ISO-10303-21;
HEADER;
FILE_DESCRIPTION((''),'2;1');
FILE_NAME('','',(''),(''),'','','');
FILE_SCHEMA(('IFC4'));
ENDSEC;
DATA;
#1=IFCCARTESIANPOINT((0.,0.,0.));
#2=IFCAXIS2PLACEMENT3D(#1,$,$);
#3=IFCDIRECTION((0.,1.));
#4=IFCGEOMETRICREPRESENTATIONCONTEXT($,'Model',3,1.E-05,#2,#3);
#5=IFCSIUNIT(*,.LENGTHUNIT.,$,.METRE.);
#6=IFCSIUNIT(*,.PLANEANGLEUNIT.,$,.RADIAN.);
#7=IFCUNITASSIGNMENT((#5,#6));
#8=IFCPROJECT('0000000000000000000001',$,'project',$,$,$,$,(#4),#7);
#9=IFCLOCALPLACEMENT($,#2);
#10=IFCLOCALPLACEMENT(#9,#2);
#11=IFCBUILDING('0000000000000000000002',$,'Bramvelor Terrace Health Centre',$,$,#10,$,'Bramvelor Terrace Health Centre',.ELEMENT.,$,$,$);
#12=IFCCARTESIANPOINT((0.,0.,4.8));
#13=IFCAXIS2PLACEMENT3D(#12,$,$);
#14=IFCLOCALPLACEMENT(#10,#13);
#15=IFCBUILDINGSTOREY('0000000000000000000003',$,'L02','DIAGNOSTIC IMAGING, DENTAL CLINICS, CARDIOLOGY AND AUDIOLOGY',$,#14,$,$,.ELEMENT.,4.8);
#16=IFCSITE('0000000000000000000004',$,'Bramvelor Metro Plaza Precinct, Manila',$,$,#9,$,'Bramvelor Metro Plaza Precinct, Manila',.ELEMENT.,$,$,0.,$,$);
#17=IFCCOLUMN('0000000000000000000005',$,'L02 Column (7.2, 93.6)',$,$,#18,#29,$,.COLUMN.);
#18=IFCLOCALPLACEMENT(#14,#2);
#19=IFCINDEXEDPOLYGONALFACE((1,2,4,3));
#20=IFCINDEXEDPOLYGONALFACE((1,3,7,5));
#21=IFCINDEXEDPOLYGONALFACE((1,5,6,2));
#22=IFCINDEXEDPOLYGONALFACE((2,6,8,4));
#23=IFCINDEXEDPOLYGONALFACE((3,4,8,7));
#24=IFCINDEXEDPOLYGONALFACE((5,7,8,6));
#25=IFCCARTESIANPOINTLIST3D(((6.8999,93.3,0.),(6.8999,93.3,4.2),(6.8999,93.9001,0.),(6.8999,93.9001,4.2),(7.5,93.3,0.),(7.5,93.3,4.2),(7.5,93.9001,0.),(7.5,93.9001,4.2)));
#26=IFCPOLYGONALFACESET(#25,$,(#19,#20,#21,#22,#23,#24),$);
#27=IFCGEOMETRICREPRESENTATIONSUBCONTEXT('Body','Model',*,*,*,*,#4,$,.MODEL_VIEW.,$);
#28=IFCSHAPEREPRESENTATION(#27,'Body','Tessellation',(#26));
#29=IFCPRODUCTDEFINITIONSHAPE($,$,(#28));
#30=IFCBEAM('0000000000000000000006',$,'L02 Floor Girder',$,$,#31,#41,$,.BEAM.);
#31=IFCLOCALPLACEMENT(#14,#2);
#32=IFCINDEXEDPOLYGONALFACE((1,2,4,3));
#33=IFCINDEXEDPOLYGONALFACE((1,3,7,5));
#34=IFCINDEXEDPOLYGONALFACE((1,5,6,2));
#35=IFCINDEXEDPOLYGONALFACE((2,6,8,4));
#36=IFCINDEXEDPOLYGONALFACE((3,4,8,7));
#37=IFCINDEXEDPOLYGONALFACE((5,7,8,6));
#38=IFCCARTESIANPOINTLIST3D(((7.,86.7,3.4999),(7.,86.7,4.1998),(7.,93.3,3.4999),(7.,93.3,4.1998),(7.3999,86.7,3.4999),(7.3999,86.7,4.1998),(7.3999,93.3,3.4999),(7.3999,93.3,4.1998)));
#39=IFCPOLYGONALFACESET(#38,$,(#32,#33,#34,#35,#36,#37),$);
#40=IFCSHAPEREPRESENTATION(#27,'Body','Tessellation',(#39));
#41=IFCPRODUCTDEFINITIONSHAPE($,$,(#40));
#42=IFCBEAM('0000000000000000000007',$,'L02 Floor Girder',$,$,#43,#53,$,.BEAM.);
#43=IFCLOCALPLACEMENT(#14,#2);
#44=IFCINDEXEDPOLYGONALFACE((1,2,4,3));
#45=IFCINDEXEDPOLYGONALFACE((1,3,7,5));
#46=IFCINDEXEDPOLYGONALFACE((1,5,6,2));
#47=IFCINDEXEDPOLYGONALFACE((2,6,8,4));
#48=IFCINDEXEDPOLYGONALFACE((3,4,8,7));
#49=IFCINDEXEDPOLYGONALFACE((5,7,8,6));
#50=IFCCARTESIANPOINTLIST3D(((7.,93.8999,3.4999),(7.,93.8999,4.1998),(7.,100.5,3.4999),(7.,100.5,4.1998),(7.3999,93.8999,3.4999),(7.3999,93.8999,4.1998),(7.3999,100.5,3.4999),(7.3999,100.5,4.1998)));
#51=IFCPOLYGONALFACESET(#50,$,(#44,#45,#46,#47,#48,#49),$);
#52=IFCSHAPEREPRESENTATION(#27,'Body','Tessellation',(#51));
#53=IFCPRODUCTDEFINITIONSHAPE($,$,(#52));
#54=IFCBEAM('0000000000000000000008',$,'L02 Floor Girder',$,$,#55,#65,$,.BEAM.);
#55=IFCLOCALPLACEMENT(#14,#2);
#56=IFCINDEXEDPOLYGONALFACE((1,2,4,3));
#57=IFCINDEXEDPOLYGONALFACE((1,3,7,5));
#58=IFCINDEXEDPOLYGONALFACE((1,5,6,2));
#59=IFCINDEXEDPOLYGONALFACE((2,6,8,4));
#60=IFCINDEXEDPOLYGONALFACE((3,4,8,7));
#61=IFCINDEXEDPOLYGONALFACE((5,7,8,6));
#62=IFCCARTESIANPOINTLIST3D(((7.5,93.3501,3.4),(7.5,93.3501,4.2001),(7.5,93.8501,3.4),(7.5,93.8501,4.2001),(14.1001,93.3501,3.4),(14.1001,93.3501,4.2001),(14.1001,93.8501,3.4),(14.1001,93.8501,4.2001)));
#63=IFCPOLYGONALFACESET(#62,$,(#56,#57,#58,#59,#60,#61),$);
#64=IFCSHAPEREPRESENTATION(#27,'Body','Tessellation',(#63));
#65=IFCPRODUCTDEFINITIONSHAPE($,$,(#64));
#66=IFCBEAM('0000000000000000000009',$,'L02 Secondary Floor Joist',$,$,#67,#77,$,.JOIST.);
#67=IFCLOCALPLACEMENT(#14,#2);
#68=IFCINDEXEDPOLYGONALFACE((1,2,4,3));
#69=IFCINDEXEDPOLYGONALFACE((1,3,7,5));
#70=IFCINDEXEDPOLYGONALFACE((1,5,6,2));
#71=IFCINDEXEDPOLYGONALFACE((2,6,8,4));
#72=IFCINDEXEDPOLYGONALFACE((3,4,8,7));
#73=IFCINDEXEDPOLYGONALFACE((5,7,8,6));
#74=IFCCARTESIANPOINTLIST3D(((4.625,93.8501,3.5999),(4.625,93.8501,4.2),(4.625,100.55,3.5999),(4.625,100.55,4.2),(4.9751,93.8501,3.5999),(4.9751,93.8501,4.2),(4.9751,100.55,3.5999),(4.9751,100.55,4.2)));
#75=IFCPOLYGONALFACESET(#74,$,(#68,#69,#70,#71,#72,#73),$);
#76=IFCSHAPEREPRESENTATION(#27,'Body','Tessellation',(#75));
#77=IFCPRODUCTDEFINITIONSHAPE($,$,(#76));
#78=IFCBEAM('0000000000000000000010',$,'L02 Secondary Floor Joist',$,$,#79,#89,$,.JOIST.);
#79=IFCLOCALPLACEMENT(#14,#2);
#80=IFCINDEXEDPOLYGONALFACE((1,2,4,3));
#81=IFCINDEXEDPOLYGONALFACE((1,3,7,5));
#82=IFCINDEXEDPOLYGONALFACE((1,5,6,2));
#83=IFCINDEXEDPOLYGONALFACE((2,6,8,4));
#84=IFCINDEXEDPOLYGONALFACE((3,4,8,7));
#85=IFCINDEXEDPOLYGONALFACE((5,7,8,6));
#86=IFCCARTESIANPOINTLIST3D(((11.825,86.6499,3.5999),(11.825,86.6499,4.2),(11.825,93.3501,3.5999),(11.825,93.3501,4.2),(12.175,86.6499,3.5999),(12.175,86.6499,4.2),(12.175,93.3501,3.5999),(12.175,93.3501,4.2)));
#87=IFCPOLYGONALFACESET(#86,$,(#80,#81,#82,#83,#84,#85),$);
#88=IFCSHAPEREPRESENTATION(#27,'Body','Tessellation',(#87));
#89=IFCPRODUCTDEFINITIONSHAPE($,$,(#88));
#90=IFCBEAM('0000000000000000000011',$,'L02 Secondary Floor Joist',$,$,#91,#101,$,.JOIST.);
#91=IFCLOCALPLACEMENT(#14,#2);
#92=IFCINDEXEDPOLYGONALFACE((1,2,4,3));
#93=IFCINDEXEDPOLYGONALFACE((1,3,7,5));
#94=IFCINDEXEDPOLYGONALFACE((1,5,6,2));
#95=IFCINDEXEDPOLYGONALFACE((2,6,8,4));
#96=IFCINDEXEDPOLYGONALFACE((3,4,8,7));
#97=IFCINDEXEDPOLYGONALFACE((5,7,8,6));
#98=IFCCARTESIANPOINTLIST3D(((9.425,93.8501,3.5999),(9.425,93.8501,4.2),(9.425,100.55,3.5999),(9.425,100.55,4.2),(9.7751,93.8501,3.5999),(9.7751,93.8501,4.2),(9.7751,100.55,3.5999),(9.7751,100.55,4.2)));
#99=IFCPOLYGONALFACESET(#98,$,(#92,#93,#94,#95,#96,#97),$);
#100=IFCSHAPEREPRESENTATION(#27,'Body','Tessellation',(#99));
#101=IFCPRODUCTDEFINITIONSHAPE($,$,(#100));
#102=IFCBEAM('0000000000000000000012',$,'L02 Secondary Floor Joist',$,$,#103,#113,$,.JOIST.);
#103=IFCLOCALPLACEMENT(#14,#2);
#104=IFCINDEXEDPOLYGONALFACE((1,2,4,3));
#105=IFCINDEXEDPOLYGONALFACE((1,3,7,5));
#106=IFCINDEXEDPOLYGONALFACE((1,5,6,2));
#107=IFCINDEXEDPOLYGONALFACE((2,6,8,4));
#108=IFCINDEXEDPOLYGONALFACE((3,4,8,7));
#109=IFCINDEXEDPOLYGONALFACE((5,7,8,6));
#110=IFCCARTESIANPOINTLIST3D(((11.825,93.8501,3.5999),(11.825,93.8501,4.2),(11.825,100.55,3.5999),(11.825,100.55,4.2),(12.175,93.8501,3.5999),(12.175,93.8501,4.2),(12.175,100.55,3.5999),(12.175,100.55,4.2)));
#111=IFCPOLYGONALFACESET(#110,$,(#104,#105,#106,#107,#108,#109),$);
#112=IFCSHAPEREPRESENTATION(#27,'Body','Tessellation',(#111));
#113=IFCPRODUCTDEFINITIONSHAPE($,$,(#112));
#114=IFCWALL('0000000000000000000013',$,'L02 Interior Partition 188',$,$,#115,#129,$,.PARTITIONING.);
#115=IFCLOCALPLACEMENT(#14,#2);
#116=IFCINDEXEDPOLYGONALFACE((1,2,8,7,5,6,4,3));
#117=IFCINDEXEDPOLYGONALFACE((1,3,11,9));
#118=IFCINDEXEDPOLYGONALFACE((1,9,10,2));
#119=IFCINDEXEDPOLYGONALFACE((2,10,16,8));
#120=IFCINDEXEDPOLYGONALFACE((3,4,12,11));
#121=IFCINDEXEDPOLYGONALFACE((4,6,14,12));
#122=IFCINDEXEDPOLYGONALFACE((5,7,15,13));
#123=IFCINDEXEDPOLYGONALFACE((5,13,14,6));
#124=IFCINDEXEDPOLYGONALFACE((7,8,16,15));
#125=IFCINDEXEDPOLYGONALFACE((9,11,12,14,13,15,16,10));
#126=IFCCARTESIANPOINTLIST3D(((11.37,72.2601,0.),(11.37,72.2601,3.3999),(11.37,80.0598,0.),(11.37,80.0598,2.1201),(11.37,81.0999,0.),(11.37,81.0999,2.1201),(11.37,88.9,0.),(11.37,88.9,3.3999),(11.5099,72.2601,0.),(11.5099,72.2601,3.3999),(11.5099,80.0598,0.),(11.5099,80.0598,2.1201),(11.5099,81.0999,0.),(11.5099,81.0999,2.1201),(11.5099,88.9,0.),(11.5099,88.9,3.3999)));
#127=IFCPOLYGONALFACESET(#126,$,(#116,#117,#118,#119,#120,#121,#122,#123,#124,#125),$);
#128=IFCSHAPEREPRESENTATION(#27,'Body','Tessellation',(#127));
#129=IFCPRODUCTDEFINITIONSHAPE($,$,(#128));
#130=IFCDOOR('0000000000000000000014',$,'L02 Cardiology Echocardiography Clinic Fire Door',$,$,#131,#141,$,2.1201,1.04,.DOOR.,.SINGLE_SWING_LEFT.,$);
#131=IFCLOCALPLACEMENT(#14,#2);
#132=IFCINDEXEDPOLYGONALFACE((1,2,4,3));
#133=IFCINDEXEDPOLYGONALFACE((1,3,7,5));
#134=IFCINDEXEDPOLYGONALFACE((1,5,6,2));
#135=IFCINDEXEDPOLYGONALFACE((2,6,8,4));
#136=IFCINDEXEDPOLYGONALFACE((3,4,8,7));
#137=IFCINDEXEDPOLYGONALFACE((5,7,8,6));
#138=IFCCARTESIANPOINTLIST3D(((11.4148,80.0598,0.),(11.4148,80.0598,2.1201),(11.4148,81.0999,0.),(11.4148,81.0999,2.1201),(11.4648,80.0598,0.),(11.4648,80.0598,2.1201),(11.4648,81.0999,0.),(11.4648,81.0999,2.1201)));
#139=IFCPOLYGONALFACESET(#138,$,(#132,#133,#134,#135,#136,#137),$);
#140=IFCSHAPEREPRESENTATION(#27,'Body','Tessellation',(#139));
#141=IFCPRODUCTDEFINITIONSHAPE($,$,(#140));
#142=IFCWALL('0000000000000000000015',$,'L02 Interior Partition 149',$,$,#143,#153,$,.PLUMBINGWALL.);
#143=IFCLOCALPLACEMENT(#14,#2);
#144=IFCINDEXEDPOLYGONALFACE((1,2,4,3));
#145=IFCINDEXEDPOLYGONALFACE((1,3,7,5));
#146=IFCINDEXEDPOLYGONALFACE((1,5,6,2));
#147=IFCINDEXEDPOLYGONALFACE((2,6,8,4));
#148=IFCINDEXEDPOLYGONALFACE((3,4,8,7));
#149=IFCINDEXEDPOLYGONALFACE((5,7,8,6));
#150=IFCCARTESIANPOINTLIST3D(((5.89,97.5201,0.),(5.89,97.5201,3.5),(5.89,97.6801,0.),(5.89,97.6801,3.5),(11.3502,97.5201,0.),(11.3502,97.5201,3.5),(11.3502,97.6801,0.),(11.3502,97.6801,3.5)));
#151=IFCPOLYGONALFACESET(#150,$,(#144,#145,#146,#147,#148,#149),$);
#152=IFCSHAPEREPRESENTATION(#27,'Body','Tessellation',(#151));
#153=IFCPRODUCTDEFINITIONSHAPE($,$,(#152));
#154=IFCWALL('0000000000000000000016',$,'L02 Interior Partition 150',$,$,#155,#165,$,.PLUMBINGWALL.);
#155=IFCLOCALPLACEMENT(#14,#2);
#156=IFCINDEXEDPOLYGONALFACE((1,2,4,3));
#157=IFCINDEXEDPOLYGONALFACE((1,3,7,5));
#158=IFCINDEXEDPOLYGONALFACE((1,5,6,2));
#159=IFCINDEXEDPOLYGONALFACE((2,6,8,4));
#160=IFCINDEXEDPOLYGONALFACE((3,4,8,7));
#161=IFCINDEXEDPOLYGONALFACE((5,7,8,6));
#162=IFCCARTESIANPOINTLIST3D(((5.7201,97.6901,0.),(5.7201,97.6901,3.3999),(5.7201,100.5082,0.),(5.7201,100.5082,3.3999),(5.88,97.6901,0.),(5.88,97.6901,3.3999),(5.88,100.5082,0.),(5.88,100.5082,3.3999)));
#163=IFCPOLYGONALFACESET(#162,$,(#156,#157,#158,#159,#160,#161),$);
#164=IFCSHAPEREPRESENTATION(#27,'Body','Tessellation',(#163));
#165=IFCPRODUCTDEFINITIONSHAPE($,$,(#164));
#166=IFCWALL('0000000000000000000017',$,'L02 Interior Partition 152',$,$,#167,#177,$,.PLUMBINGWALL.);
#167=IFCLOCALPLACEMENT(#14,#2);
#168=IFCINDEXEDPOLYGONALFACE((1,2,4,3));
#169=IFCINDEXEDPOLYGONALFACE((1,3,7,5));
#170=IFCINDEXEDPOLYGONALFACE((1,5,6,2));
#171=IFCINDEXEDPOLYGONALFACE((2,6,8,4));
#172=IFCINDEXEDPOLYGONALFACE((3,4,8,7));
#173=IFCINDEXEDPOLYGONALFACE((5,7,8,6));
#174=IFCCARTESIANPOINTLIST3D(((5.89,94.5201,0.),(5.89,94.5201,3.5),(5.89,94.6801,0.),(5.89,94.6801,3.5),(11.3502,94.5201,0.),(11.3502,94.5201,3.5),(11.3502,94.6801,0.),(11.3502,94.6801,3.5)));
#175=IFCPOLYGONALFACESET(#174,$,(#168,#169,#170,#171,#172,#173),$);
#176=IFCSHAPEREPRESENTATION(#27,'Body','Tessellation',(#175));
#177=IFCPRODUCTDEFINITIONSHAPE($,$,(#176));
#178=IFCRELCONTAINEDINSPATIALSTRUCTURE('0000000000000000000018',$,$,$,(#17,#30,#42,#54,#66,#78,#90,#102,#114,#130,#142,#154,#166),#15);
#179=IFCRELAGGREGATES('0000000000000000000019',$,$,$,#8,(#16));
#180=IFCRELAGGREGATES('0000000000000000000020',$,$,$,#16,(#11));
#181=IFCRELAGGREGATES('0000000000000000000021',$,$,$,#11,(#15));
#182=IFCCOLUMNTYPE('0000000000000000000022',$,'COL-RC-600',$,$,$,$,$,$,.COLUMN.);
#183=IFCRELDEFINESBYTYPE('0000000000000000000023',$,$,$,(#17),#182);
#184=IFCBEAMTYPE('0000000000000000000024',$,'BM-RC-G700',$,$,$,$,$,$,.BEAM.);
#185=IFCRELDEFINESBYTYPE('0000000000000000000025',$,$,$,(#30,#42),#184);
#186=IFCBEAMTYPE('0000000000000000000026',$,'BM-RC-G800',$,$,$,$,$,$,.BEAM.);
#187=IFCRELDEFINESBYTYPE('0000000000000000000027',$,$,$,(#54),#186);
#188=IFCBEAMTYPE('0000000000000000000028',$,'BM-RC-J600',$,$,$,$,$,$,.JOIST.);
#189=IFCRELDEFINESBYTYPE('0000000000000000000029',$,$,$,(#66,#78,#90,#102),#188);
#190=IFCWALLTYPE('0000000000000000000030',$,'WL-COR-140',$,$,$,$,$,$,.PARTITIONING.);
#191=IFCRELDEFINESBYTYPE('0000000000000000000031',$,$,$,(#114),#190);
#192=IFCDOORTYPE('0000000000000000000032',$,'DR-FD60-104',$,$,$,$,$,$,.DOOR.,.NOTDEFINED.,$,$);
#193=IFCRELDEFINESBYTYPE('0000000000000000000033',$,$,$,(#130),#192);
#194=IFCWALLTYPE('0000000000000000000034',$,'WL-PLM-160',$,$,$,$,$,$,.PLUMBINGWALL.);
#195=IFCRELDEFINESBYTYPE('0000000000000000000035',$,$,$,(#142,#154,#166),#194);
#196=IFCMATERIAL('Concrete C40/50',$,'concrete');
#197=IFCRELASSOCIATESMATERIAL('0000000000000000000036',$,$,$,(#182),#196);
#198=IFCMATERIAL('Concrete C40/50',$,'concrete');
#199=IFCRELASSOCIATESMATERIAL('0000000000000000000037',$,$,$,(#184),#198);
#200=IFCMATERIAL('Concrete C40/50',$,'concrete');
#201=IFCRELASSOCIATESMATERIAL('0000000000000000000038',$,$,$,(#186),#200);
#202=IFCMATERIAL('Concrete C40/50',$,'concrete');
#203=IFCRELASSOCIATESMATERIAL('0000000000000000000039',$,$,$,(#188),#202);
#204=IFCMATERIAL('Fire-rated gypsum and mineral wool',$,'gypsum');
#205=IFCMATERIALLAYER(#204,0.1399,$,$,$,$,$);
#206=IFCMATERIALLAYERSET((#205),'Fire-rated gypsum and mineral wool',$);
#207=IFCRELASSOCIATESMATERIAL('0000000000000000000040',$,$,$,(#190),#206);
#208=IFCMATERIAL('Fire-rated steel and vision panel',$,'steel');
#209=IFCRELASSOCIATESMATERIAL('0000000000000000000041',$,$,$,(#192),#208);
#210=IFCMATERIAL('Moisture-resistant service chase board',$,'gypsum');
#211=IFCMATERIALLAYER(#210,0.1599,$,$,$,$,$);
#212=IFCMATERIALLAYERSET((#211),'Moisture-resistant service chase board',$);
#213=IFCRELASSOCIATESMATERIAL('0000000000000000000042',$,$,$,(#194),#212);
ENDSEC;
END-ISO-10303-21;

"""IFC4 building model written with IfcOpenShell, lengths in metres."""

from ifc_helpers import new_model, si_unit, direction, frame, frame_2d, origin, origin_2d, place, context, subcontext, project, spatial, rectangle, extrude, material, layer, layer_set, material_profile, profile_set, type_object, element, fill, save


model = new_model("IFC4")

# Units and contexts
model_context = context("Model", 3, precision=1e-05, world=origin(), true_north=direction((0.0, 1.0)))
body_context = subcontext(model_context, "Body", "Model", "MODEL_VIEW")
ifc_project = project(units=[si_unit("LENGTHUNIT", "METRE"), si_unit("PLANEANGLEUNIT", "RADIAN")], contexts=[model_context])

# Site, building, storey
site_placement = place(None, origin())
site = spatial("IfcSite", under=ifc_project, at=site_placement, Name="Bramvelor Metro Plaza Precinct, Manila", LongName="Bramvelor Metro Plaza Precinct, Manila", CompositionType="ELEMENT", RefElevation=0.0)
building_placement = place(site_placement, origin())
building = spatial("IfcBuilding", under=site, at=building_placement, Name="Bramvelor Terrace Health Centre", LongName="Bramvelor Terrace Health Centre", CompositionType="ELEMENT")
storey_placement = place(building_placement, frame((0.0, 0.0, 4.8)))
storey = spatial("IfcBuildingStorey", under=building, at=storey_placement, Name="L02", Description="DIAGNOSTIC IMAGING, DENTAL CLINICS, CARDIOLOGY AND AUDIOLOGY", CompositionType="ELEMENT", Elevation=4.8)

# Column
ifc_material_1 = material(Name="Concrete C40/50", Category="concrete")
ifc_material_profile_1 = material_profile(ifc_material_1, rectangle(XDim=0.6001, YDim=0.6001, at=origin_2d()), Name="RC 600x600")
ifc_profile_set_1 = profile_set([ifc_material_profile_1], Name="Concrete C40/50")
column_type = type_object("IfcColumnType", Name="COL-RC-600", PredefinedType="COLUMN", material=ifc_profile_set_1)
column_placement = place(storey_placement, frame((7.2, 93.6001, 0.0), z_axis=(0.0, 0.0, 1.0), x_axis=(1.0, 0.0, 0.0)))
element("IfcColumn", 1, at=column_placement, inside=storey, type_object=column_type, Name="L02 Column (7.2, 93.6)", PredefinedType="COLUMN", context=body_context, shape_type="SweptSolid", body=[
    extrude(rectangle(XDim=0.6001, YDim=0.6001, at=origin_2d()), origin(), (0.0, 0.0, 1.0), 4.2),
])

# Beams
ifc_material_2 = material(Name="Concrete C40/50", Category="concrete")
ifc_material_profile_2 = material_profile(ifc_material_2, rectangle(XDim=0.3999, YDim=0.7, at=origin_2d()), Name="RC 400x700")
ifc_profile_set_2 = profile_set([ifc_material_profile_2], Name="Concrete C40/50")
beam_type_1 = type_object("IfcBeamType", Name="BM-RC-G700", PredefinedType="BEAM", material=ifc_profile_set_2)
for number, where, z_axis, x_axis, name in (
    (2, (7.2, 86.7, 3.8499), (0.0, 1.0, 0.0), (-1.0, 0.0, 0.0), "L02 Floor Girder"),
    (3, (7.2, 93.8999, 3.8499), (0.0, 1.0, 0.0), (-1.0, 0.0, 0.0), "L02 Floor Girder"),
):
    element("IfcBeam", number, at=place(storey_placement, frame(where, z_axis=z_axis, x_axis=x_axis)), inside=storey, type_object=beam_type_1, Name=name, PredefinedType="BEAM", context=body_context, shape_type="SweptSolid", body=[
        extrude(rectangle(XDim=0.3999, YDim=0.7, at=origin_2d()), origin(), (0.0, 0.0, 1.0), 6.6001),
    ])
ifc_material_3 = material(Name="Concrete C40/50", Category="concrete")
ifc_material_profile_3 = material_profile(ifc_material_3, rectangle(XDim=0.5, YDim=0.8, at=origin_2d()), Name="RC 500x800")
ifc_profile_set_3 = profile_set([ifc_material_profile_3], Name="Concrete C40/50")
beam_type_2 = type_object("IfcBeamType", Name="BM-RC-G800", PredefinedType="BEAM", material=ifc_profile_set_3)
beam_1_placement = place(storey_placement, frame((7.5, 93.6001, 3.8), z_axis=(1.0, 0.0, 0.0), x_axis=(0.0, 1.0, 0.0)))
element("IfcBeam", 4, at=beam_1_placement, inside=storey, type_object=beam_type_2, Name="L02 Floor Girder", PredefinedType="BEAM", context=body_context, shape_type="SweptSolid", body=[
    extrude(rectangle(XDim=0.5, YDim=0.8, at=origin_2d()), origin(), (0.0, 0.0, 1.0), 6.6001),
])
ifc_material_4 = material(Name="Concrete C40/50", Category="concrete")
ifc_material_profile_4 = material_profile(ifc_material_4, rectangle(XDim=0.3501, YDim=0.6001, at=origin_2d()), Name="RC 350x600")
ifc_profile_set_4 = profile_set([ifc_material_profile_4], Name="Concrete C40/50")
beam_type_3 = type_object("IfcBeamType", Name="BM-RC-J600", PredefinedType="JOIST", material=ifc_profile_set_4)
beam_2_placement = place(storey_placement, frame((4.8, 93.8501, 3.8999), z_axis=(0.0, 1.0, 0.0), x_axis=(-1.0, 0.0, 0.0)))
element("IfcBeam", 5, at=beam_2_placement, inside=storey, type_object=beam_type_3, Name="L02 Secondary Floor Joist", PredefinedType="JOIST", context=body_context, shape_type="SweptSolid", body=[
    extrude(rectangle(XDim=0.3501, YDim=0.6001, at=origin_2d()), origin(), (0.0, 0.0, 1.0), 6.7),
])
beam_3_placement = place(storey_placement, frame((12.0, 86.6499, 3.8999), z_axis=(0.0, 1.0, 0.0), x_axis=(-1.0, 0.0, 0.0)))
element("IfcBeam", 6, at=beam_3_placement, inside=storey, type_object=beam_type_3, Name="L02 Secondary Floor Joist", PredefinedType="JOIST", context=body_context, shape_type="SweptSolid", body=[
    extrude(rectangle(XDim=0.3501, YDim=0.6001, at=origin_2d()), origin(), (0.0, 0.0, 1.0), 6.7002),
])
for number, where, z_axis, x_axis, name in (
    (7, (9.6001, 93.8501, 3.8999), (0.0, 1.0, 0.0), (-1.0, 0.0, 0.0), "L02 Secondary Floor Joist"),
    (8, (12.0, 93.8501, 3.8999), (0.0, 1.0, 0.0), (-1.0, 0.0, 0.0), "L02 Secondary Floor Joist"),
):
    element("IfcBeam", number, at=place(storey_placement, frame(where, z_axis=z_axis, x_axis=x_axis)), inside=storey, type_object=beam_type_3, Name=name, PredefinedType="JOIST", context=body_context, shape_type="SweptSolid", body=[
        extrude(rectangle(XDim=0.3501, YDim=0.6001, at=origin_2d()), origin(), (0.0, 0.0, 1.0), 6.7),
    ])

# Wall, opening, door
ifc_material_5 = material(Name="Fire-rated gypsum and mineral wool", Category="gypsum")
ifc_layer_1 = layer(ifc_material_5, 0.1399)
ifc_layer_set_1 = layer_set([ifc_layer_1], Name="Fire-rated gypsum and mineral wool")
wall_type_1 = type_object("IfcWallType", Name="WL-COR-140", PredefinedType="PARTITIONING", material=ifc_layer_set_1)
wall_1_placement = place(storey_placement, frame((11.4399, 88.8999, 0.0), z_axis=(0.0, 0.0, 1.0), x_axis=(0.0, -1.0, 0.0)))
wall_1 = element("IfcWall", 9, at=wall_1_placement, inside=storey, type_object=wall_type_1, Name="L02 Interior Partition 188", PredefinedType="PARTITIONING", context=body_context, shape_type="SweptSolid", body=[
    extrude(rectangle(XDim=16.6399, YDim=0.1399, at=frame_2d((8.3198, 0.0))), origin(), (0.0, 0.0, 1.0), 3.3999),
])
opening_1_placement = place(wall_1_placement, frame((7.8, 0.0, 0.0)))
opening_1 = element("IfcOpeningElement", 10, at=opening_1_placement, cuts=wall_1, PredefinedType="OPENING", context=body_context, shape_type="SweptSolid", body=[
    extrude(rectangle(XDim=1.04, YDim=2.1201, at=frame_2d((0.52, 1.0601))), frame((0.0, 0.0798, 0.0), z_axis=(0.0, -1.0, 0.0), x_axis=(1.0, 0.0, 0.0)), (0.0, 0.0, 1.0), 0.1599),
])
ifc_material_6 = material(Name="Fire-rated steel and vision panel", Category="steel")
door_type_1 = type_object("IfcDoorType", Name="DR-FD60-104", OperationType="NOTDEFINED", PredefinedType="DOOR", material=ifc_material_6)
door_1_placement = place(opening_1_placement, origin())
door_1 = element("IfcDoor", 11, at=door_1_placement, inside=storey, type_object=door_type_1, Name="L02 Cardiology Echocardiography Clinic Fire Door", OperationType="SINGLE_SWING_LEFT", OverallHeight=2.1201, OverallWidth=1.04, PredefinedType="DOOR", context=body_context, shape_type="SweptSolid", body=[
    extrude(rectangle(XDim=1.04, YDim=2.1201, at=frame_2d((0.52, 1.0601))), frame((0.0, 0.0249, 0.0), z_axis=(0.0, -1.0, 0.0), x_axis=(1.0, 0.0, 0.0)), (0.0, 0.0, 1.0), 0.05),
])
fill(opening_1, door_1)

# Walls
ifc_material_7 = material(Name="Moisture-resistant service chase board", Category="gypsum")
ifc_layer_2 = layer(ifc_material_7, 0.1599)
ifc_layer_set_2 = layer_set([ifc_layer_2], Name="Moisture-resistant service chase board")
wall_type_2 = type_object("IfcWallType", Name="WL-PLM-160", PredefinedType="PLUMBINGWALL", material=ifc_layer_set_2)
wall_2_placement = place(storey_placement, frame((11.3501, 97.6001, 0.0), z_axis=(0.0, 0.0, 1.0), x_axis=(-1.0, 0.0, 0.0)))
element("IfcWall", 12, at=wall_2_placement, inside=storey, type_object=wall_type_2, Name="L02 Interior Partition 149", PredefinedType="PLUMBINGWALL", context=body_context, shape_type="SweptSolid", body=[
    extrude(rectangle(XDim=5.4602, YDim=0.1599, at=frame_2d((2.73, 0.0))), origin(), (0.0, 0.0, 1.0), 3.5),
])
wall_3_placement = place(storey_placement, frame((5.8, 97.6899, 0.0), z_axis=(0.0, 0.0, 1.0), x_axis=(0.0, 1.0, 0.0)))
element("IfcWall", 13, at=wall_3_placement, inside=storey, type_object=wall_type_2, Name="L02 Interior Partition 150", PredefinedType="PLUMBINGWALL", context=body_context, shape_type="SweptSolid", body=[
    extrude(rectangle(XDim=2.8181, YDim=0.1599, at=frame_2d((1.4092, 0.0))), origin(), (0.0, 0.0, 1.0), 3.3999),
])

# Wall
wall_4_placement = place(storey_placement, frame((11.3501, 94.6001, 0.0), z_axis=(0.0, 0.0, 1.0), x_axis=(-1.0, 0.0, 0.0)))
element("IfcWall", 14, at=wall_4_placement, inside=storey, type_object=wall_type_2, Name="L02 Interior Partition 152", PredefinedType="PLUMBINGWALL", context=body_context, shape_type="SweptSolid", body=[
    extrude(rectangle(XDim=5.4602, YDim=0.1599, at=frame_2d((2.73, 0.0))), origin(), (0.0, 0.0, 1.0), 3.5),
])

save(model, "model.ifc")
